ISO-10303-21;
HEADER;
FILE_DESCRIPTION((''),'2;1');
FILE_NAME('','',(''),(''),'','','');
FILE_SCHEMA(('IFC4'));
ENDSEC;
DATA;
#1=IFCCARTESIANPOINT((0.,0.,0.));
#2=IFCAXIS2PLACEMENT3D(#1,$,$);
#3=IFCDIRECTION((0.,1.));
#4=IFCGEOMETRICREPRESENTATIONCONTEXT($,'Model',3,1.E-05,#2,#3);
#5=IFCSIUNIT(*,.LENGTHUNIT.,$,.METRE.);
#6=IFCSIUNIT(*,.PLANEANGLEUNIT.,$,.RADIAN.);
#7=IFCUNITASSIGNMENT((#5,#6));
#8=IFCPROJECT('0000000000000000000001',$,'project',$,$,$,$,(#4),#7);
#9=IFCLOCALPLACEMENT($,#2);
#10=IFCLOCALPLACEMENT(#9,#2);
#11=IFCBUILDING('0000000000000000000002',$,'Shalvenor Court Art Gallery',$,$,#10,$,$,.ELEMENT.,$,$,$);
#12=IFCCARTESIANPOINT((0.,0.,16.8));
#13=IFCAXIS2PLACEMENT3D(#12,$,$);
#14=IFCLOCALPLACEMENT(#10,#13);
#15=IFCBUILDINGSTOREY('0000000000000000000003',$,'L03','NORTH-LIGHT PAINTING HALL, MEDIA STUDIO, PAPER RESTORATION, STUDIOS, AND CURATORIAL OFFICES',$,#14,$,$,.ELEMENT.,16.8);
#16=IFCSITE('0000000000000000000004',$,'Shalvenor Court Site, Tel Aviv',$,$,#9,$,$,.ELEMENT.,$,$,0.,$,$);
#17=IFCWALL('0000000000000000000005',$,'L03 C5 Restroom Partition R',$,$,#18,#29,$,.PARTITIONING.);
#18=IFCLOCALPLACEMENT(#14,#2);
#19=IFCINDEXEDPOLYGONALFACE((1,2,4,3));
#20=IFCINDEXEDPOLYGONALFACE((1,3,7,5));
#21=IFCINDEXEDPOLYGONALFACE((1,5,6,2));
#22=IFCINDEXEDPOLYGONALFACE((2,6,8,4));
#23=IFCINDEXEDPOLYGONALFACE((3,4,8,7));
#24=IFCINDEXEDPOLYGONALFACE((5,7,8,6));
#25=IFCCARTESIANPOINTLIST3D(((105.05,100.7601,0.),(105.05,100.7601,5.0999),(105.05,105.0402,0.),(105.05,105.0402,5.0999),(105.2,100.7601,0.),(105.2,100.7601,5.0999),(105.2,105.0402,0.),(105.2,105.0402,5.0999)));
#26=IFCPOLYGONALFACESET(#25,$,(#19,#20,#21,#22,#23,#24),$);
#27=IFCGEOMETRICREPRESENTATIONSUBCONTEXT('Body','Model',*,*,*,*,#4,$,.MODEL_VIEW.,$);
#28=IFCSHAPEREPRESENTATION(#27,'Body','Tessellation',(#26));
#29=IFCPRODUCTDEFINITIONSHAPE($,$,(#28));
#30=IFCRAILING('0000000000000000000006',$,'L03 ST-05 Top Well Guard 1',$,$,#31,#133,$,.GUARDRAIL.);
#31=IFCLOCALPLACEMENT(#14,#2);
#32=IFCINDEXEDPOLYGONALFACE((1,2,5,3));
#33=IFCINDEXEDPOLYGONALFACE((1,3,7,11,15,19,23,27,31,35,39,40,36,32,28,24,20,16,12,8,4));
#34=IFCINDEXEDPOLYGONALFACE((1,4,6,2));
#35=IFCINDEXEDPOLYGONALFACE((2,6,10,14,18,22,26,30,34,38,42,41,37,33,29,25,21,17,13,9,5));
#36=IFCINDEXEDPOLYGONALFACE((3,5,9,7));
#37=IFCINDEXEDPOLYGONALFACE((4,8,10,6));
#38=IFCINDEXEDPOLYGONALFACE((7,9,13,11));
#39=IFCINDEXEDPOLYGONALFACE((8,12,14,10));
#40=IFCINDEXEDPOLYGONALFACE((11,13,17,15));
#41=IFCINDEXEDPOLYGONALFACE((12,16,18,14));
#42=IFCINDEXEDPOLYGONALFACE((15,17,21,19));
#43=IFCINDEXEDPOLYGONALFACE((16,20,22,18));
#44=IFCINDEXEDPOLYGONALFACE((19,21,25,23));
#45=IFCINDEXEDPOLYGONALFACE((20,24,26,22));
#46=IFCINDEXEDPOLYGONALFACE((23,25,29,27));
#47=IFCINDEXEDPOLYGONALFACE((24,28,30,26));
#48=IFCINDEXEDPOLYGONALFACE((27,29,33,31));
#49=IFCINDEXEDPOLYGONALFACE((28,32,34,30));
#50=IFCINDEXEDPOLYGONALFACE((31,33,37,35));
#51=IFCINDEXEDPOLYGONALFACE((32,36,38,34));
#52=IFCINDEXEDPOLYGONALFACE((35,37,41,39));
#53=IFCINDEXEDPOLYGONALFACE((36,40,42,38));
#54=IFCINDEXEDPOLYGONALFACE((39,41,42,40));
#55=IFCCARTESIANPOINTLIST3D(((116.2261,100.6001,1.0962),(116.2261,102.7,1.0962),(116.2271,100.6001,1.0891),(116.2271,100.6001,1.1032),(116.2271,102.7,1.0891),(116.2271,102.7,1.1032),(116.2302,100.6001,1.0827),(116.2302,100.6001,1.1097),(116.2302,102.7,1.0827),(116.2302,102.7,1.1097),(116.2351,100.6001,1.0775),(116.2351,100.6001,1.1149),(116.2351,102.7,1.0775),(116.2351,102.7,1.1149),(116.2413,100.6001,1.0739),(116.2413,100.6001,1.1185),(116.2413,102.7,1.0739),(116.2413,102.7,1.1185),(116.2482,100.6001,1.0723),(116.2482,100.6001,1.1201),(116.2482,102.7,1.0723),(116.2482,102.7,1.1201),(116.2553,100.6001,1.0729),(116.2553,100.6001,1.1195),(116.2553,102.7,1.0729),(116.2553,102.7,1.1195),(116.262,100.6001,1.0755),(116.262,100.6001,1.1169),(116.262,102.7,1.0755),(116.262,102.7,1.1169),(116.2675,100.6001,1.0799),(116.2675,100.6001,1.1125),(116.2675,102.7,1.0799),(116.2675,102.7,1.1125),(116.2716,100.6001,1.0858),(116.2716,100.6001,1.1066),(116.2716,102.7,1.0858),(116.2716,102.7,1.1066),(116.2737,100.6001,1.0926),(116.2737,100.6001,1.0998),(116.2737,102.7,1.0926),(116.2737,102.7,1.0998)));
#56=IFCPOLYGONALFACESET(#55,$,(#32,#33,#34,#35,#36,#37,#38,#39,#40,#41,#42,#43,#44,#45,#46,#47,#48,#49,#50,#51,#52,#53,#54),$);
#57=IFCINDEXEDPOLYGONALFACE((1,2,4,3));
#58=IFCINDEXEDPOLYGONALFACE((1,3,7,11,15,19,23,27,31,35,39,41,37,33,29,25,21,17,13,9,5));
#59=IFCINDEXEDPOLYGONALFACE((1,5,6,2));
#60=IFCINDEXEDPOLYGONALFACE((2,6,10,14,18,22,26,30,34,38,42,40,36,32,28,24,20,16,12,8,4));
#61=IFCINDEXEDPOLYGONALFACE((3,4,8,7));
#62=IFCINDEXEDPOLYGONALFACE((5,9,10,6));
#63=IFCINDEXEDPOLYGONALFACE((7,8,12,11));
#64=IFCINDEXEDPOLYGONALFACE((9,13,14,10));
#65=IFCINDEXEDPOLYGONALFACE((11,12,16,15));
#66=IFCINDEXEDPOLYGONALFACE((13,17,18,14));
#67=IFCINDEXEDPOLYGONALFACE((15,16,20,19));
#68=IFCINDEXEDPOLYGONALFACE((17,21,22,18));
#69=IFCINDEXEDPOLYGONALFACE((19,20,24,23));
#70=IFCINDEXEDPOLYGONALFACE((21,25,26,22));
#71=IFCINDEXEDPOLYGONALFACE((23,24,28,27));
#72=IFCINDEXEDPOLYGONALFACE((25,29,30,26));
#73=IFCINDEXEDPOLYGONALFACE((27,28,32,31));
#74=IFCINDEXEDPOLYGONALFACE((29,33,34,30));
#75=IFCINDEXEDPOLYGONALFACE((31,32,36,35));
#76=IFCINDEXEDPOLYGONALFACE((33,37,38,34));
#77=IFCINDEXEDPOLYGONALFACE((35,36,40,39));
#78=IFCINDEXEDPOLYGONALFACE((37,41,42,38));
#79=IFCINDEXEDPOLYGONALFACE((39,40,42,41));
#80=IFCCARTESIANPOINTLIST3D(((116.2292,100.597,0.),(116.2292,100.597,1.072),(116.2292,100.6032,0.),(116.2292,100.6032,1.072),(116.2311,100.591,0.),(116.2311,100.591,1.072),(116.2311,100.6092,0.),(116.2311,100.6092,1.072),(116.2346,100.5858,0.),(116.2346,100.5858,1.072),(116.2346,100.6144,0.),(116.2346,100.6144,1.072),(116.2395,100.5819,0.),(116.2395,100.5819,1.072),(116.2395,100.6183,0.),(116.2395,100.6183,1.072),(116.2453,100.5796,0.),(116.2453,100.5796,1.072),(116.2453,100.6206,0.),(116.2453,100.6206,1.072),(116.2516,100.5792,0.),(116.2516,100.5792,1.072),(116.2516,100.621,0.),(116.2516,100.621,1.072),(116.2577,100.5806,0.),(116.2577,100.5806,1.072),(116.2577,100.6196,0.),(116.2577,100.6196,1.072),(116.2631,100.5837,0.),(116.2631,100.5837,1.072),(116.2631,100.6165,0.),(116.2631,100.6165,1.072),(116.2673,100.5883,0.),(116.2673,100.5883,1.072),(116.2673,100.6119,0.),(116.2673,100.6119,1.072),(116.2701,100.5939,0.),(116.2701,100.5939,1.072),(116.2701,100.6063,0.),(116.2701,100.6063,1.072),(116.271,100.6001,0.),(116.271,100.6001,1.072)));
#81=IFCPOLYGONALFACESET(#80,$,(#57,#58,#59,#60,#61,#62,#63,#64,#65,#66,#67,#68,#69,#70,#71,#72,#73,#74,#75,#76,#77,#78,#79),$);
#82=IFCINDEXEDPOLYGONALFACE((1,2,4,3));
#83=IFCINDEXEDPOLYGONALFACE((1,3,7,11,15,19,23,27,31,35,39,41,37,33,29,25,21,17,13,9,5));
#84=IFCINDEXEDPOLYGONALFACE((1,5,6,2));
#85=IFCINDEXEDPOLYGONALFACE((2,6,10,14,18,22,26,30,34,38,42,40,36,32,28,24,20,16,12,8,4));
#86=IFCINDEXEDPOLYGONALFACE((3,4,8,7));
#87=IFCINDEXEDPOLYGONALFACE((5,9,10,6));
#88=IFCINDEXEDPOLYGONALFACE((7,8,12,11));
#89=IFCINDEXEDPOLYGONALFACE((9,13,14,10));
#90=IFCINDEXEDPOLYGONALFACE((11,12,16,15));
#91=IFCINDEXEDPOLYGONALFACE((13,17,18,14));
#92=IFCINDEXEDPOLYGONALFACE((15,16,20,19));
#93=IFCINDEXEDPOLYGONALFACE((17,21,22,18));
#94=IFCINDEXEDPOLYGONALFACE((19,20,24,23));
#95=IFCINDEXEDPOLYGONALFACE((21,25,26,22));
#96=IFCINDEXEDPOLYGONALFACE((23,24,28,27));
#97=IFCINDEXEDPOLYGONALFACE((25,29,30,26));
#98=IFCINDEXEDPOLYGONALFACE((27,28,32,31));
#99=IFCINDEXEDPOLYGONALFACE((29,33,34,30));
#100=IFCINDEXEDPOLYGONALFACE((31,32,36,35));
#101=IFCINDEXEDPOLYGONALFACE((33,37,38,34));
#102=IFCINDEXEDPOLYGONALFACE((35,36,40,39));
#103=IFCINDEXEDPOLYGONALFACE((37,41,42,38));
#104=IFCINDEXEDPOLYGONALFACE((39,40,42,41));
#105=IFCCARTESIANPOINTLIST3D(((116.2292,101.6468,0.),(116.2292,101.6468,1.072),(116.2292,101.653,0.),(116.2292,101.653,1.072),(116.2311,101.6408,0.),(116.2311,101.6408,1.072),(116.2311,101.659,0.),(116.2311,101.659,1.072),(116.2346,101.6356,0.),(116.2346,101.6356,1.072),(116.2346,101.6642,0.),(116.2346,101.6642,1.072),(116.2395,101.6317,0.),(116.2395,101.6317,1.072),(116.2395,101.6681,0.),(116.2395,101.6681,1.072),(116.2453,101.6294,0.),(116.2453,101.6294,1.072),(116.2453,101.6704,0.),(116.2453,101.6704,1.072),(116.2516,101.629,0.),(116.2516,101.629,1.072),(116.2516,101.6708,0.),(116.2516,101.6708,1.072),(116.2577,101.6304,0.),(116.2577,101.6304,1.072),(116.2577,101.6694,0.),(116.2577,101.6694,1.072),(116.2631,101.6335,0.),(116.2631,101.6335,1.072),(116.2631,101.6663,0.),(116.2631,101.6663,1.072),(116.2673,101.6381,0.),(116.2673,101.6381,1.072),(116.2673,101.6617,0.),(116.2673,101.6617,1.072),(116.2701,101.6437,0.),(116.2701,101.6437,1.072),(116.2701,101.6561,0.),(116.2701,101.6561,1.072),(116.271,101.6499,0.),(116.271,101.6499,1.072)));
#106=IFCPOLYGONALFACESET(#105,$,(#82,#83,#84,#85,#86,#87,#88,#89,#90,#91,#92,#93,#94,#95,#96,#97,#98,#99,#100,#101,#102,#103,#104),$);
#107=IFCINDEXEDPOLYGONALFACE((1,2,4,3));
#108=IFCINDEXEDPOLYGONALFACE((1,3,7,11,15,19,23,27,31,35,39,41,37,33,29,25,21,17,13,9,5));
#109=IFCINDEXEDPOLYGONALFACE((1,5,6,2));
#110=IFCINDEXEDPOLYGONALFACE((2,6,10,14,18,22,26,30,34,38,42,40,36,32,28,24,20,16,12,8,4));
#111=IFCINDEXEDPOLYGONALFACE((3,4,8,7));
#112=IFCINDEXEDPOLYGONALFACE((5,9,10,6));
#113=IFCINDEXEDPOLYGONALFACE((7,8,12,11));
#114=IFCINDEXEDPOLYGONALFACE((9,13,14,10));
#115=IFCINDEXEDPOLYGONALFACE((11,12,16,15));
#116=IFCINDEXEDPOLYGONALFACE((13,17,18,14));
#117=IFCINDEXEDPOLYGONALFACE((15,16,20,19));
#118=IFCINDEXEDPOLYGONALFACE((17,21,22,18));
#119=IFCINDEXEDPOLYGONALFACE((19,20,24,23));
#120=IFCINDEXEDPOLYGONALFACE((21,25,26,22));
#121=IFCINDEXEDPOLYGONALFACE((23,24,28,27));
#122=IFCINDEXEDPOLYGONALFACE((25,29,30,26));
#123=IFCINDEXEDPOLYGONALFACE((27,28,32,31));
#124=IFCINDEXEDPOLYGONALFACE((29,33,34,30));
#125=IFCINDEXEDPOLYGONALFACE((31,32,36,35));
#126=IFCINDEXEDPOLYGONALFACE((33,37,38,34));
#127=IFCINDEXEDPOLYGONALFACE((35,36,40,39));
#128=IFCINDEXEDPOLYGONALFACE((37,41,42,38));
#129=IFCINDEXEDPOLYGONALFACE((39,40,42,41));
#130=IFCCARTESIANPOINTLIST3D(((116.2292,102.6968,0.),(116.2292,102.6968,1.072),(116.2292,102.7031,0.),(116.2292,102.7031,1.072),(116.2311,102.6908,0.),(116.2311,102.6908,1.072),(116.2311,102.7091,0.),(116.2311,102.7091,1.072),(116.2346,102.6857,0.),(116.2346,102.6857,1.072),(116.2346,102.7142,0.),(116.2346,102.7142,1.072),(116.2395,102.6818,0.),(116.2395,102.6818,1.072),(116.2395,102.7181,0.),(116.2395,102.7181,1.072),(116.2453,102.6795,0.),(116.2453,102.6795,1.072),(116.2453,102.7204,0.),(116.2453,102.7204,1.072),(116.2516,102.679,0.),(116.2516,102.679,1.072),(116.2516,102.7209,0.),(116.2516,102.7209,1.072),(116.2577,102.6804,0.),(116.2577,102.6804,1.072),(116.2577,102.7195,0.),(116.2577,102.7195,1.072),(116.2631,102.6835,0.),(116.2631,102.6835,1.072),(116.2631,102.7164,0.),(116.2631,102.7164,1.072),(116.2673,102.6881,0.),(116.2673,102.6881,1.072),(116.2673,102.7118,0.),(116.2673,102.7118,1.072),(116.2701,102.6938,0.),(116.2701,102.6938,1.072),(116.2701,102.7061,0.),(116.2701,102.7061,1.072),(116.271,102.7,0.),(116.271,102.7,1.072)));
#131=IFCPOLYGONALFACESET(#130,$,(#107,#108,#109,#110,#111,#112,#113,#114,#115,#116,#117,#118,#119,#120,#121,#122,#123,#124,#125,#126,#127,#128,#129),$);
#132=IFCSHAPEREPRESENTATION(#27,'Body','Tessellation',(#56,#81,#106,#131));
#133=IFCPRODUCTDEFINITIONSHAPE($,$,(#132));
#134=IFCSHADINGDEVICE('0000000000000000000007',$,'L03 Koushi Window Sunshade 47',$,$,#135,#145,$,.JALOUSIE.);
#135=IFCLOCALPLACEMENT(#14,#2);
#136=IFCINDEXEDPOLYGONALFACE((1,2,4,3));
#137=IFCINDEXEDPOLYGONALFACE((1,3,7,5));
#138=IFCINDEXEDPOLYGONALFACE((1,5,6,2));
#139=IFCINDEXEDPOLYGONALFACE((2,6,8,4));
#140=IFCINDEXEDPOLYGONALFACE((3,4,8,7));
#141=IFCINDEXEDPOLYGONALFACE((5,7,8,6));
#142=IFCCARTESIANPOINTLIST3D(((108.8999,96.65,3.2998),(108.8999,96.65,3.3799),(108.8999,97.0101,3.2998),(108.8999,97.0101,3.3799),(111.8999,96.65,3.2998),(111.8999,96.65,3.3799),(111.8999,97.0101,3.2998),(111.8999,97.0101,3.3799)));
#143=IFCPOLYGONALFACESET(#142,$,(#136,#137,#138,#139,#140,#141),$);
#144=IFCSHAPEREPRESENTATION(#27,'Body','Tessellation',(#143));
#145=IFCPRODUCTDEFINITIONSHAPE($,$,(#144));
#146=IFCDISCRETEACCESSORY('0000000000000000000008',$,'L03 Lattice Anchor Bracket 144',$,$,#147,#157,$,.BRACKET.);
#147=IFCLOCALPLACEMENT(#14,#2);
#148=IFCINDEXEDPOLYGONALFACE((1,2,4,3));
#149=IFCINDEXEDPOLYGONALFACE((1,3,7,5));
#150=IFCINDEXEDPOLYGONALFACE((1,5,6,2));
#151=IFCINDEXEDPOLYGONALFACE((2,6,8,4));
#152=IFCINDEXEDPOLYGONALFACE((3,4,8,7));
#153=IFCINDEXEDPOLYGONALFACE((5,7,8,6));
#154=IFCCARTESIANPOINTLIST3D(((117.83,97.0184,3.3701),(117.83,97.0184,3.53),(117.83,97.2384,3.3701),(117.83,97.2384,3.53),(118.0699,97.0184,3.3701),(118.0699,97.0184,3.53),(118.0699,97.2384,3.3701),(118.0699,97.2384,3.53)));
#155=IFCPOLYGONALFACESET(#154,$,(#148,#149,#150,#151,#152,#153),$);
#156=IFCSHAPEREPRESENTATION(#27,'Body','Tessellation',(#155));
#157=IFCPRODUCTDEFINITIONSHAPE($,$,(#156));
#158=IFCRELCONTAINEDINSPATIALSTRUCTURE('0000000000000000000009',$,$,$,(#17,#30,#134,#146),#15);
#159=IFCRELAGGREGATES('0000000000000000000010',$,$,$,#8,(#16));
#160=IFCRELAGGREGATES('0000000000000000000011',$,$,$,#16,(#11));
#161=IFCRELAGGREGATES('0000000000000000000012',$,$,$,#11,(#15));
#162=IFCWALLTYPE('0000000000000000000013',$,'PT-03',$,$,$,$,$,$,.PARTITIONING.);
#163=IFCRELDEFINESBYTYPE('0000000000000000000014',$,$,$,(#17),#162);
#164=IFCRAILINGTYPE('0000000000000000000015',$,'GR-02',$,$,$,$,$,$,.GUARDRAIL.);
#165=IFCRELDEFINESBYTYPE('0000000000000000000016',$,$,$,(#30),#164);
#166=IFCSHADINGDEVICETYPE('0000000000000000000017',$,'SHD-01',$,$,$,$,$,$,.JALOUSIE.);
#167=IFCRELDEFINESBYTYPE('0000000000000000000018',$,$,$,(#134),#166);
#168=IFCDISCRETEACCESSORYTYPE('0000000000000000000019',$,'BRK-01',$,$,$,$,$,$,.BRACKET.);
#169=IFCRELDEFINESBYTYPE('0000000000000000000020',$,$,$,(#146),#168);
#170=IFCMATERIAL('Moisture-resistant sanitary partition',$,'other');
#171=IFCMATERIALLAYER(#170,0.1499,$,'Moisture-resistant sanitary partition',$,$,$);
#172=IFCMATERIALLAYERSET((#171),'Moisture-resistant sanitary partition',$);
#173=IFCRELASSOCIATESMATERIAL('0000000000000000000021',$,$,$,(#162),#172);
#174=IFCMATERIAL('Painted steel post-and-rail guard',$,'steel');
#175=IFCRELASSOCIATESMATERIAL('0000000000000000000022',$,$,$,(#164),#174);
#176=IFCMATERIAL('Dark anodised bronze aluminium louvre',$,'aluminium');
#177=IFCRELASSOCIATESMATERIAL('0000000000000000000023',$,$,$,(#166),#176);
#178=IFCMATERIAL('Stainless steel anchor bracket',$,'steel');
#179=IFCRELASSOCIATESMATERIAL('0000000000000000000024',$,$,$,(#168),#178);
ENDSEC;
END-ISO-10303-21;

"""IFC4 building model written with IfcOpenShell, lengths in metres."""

from ifc_helpers import new_model, si_unit, direction, frame, frame_2d, origin, origin_2d, place, context, subcontext, project, spatial, rectangle, circle, extrude, material, layer, layer_set, type_object, element, save


model = new_model("IFC4")

# Units and contexts
model_context = context("Model", 3, precision=1e-05, world=origin(), true_north=direction((0.0, 1.0)))
body_context = subcontext(model_context, "Body", "Model", "MODEL_VIEW")
ifc_project = project(units=[si_unit("LENGTHUNIT", "METRE"), si_unit("PLANEANGLEUNIT", "RADIAN")], contexts=[model_context])

# Site, building, storey
site_placement = place(None, origin())
site = spatial("IfcSite", under=ifc_project, at=site_placement, Name="Shalvenor Court Site, Tel Aviv", CompositionType="ELEMENT", RefElevation=0.0)
building_placement = place(site_placement, origin())
building = spatial("IfcBuilding", under=site, at=building_placement, Name="Shalvenor Court Art Gallery", CompositionType="ELEMENT")
storey_placement = place(building_placement, frame((0.0, 0.0, 16.8)))
storey = spatial("IfcBuildingStorey", under=building, at=storey_placement, Name="L03", Description="NORTH-LIGHT PAINTING HALL, MEDIA STUDIO, PAPER RESTORATION, STUDIOS, AND CURATORIAL OFFICES", CompositionType="ELEMENT", Elevation=16.8)

# Wall
ifc_material_1 = material(Name="Moisture-resistant sanitary partition", Category="other")
ifc_layer_1 = layer(ifc_material_1, 0.1499, Name="Moisture-resistant sanitary partition")
ifc_layer_set_1 = layer_set([ifc_layer_1], Name="Moisture-resistant sanitary partition")
wall_type_1 = type_object("IfcWallType", Name="PT-03", PredefinedType="PARTITIONING", material=ifc_layer_set_1)
wall_1_placement = place(storey_placement, frame((105.125, 100.76, 0.0), z_axis=(0.0, 0.0, 1.0), x_axis=(0.0, 1.0, 0.0)))
element("IfcWall", 1, at=wall_1_placement, inside=storey, type_object=wall_type_1, Name="L03 C5 Restroom Partition R", PredefinedType="PARTITIONING", context=body_context, shape_type="SweptSolid", body=[
    extrude(rectangle(XDim=4.28, YDim=0.1499, at=frame_2d((2.1401, 0.0))), origin(), (0.0, 0.0, 1.0), 5.0999),
])

# Railing
ifc_material_2 = material(Name="Painted steel post-and-rail guard", Category="steel")
railing_type = type_object("IfcRailingType", Name="GR-02", PredefinedType="GUARDRAIL", material=ifc_material_2)
railing_placement = place(storey_placement, frame((116.25, 100.6001, 0.0)))
element("IfcRailing", 2, at=railing_placement, inside=storey, type_object=railing_type, Name="L03 ST-05 Top Well Guard 1", PredefinedType="GUARDRAIL", context=body_context, shape_type="SweptSolid", body=[
    extrude(circle(Radius=0.0239, at=origin_2d()), frame((0.0, 0.0, 1.0962), z_axis=(0.0, 1.0, 0.0), x_axis=(-1.0, 0.0, 0.0)), (0.0, 0.0, 1.0), 2.0999),
    extrude(circle(Radius=0.021, at=origin_2d()), origin(), (0.0, 0.0, 1.0), 1.072),
    extrude(circle(Radius=0.021, at=origin_2d()), frame((0.0, 1.0498, 0.0)), (0.0, 0.0, 1.0), 1.072),
    extrude(circle(Radius=0.021, at=origin_2d()), frame((0.0, 2.0999, 0.0)), (0.0, 0.0, 1.0), 1.072),
])

# Shading device
ifc_material_3 = material(Name="Dark anodised bronze aluminium louvre", Category="aluminium")
shading_device_type = type_object("IfcShadingDeviceType", Name="SHD-01", PredefinedType="JALOUSIE", material=ifc_material_3)
shading_device_placement = place(storey_placement, frame((110.3999, 96.8301, 3.2998), z_axis=(0.0, 0.0, 1.0), x_axis=(-1.0, 0.0, 0.0)))
element("IfcShadingDevice", 3, at=shading_device_placement, inside=storey, type_object=shading_device_type, Name="L03 Koushi Window Sunshade 47", PredefinedType="JALOUSIE", context=body_context, shape_type="SweptSolid", body=[
    extrude(rectangle(XDim=3.0, YDim=0.3601, at=origin_2d()), origin(), (0.0, 0.0, 1.0), 0.0801),
])

# Discrete accessory
ifc_material_4 = material(Name="Stainless steel anchor bracket", Category="steel")
discrete_accessory_type = type_object("IfcDiscreteAccessoryType", Name="BRK-01", PredefinedType="BRACKET", material=ifc_material_4)
discrete_accessory_placement = place(storey_placement, frame((117.95, 97.1284, 3.3701), z_axis=(0.0, 0.0, 1.0), x_axis=(-1.0, 0.0, 0.0)))
element("IfcDiscreteAccessory", 4, at=discrete_accessory_placement, inside=storey, type_object=discrete_accessory_type, Name="L03 Lattice Anchor Bracket 144", PredefinedType="BRACKET", context=body_context, shape_type="SweptSolid", body=[
    extrude(rectangle(XDim=0.24, YDim=0.22, at=origin_2d()), origin(), (0.0, 0.0, 1.0), 0.1599),
])

save(model, "model.ifc")
